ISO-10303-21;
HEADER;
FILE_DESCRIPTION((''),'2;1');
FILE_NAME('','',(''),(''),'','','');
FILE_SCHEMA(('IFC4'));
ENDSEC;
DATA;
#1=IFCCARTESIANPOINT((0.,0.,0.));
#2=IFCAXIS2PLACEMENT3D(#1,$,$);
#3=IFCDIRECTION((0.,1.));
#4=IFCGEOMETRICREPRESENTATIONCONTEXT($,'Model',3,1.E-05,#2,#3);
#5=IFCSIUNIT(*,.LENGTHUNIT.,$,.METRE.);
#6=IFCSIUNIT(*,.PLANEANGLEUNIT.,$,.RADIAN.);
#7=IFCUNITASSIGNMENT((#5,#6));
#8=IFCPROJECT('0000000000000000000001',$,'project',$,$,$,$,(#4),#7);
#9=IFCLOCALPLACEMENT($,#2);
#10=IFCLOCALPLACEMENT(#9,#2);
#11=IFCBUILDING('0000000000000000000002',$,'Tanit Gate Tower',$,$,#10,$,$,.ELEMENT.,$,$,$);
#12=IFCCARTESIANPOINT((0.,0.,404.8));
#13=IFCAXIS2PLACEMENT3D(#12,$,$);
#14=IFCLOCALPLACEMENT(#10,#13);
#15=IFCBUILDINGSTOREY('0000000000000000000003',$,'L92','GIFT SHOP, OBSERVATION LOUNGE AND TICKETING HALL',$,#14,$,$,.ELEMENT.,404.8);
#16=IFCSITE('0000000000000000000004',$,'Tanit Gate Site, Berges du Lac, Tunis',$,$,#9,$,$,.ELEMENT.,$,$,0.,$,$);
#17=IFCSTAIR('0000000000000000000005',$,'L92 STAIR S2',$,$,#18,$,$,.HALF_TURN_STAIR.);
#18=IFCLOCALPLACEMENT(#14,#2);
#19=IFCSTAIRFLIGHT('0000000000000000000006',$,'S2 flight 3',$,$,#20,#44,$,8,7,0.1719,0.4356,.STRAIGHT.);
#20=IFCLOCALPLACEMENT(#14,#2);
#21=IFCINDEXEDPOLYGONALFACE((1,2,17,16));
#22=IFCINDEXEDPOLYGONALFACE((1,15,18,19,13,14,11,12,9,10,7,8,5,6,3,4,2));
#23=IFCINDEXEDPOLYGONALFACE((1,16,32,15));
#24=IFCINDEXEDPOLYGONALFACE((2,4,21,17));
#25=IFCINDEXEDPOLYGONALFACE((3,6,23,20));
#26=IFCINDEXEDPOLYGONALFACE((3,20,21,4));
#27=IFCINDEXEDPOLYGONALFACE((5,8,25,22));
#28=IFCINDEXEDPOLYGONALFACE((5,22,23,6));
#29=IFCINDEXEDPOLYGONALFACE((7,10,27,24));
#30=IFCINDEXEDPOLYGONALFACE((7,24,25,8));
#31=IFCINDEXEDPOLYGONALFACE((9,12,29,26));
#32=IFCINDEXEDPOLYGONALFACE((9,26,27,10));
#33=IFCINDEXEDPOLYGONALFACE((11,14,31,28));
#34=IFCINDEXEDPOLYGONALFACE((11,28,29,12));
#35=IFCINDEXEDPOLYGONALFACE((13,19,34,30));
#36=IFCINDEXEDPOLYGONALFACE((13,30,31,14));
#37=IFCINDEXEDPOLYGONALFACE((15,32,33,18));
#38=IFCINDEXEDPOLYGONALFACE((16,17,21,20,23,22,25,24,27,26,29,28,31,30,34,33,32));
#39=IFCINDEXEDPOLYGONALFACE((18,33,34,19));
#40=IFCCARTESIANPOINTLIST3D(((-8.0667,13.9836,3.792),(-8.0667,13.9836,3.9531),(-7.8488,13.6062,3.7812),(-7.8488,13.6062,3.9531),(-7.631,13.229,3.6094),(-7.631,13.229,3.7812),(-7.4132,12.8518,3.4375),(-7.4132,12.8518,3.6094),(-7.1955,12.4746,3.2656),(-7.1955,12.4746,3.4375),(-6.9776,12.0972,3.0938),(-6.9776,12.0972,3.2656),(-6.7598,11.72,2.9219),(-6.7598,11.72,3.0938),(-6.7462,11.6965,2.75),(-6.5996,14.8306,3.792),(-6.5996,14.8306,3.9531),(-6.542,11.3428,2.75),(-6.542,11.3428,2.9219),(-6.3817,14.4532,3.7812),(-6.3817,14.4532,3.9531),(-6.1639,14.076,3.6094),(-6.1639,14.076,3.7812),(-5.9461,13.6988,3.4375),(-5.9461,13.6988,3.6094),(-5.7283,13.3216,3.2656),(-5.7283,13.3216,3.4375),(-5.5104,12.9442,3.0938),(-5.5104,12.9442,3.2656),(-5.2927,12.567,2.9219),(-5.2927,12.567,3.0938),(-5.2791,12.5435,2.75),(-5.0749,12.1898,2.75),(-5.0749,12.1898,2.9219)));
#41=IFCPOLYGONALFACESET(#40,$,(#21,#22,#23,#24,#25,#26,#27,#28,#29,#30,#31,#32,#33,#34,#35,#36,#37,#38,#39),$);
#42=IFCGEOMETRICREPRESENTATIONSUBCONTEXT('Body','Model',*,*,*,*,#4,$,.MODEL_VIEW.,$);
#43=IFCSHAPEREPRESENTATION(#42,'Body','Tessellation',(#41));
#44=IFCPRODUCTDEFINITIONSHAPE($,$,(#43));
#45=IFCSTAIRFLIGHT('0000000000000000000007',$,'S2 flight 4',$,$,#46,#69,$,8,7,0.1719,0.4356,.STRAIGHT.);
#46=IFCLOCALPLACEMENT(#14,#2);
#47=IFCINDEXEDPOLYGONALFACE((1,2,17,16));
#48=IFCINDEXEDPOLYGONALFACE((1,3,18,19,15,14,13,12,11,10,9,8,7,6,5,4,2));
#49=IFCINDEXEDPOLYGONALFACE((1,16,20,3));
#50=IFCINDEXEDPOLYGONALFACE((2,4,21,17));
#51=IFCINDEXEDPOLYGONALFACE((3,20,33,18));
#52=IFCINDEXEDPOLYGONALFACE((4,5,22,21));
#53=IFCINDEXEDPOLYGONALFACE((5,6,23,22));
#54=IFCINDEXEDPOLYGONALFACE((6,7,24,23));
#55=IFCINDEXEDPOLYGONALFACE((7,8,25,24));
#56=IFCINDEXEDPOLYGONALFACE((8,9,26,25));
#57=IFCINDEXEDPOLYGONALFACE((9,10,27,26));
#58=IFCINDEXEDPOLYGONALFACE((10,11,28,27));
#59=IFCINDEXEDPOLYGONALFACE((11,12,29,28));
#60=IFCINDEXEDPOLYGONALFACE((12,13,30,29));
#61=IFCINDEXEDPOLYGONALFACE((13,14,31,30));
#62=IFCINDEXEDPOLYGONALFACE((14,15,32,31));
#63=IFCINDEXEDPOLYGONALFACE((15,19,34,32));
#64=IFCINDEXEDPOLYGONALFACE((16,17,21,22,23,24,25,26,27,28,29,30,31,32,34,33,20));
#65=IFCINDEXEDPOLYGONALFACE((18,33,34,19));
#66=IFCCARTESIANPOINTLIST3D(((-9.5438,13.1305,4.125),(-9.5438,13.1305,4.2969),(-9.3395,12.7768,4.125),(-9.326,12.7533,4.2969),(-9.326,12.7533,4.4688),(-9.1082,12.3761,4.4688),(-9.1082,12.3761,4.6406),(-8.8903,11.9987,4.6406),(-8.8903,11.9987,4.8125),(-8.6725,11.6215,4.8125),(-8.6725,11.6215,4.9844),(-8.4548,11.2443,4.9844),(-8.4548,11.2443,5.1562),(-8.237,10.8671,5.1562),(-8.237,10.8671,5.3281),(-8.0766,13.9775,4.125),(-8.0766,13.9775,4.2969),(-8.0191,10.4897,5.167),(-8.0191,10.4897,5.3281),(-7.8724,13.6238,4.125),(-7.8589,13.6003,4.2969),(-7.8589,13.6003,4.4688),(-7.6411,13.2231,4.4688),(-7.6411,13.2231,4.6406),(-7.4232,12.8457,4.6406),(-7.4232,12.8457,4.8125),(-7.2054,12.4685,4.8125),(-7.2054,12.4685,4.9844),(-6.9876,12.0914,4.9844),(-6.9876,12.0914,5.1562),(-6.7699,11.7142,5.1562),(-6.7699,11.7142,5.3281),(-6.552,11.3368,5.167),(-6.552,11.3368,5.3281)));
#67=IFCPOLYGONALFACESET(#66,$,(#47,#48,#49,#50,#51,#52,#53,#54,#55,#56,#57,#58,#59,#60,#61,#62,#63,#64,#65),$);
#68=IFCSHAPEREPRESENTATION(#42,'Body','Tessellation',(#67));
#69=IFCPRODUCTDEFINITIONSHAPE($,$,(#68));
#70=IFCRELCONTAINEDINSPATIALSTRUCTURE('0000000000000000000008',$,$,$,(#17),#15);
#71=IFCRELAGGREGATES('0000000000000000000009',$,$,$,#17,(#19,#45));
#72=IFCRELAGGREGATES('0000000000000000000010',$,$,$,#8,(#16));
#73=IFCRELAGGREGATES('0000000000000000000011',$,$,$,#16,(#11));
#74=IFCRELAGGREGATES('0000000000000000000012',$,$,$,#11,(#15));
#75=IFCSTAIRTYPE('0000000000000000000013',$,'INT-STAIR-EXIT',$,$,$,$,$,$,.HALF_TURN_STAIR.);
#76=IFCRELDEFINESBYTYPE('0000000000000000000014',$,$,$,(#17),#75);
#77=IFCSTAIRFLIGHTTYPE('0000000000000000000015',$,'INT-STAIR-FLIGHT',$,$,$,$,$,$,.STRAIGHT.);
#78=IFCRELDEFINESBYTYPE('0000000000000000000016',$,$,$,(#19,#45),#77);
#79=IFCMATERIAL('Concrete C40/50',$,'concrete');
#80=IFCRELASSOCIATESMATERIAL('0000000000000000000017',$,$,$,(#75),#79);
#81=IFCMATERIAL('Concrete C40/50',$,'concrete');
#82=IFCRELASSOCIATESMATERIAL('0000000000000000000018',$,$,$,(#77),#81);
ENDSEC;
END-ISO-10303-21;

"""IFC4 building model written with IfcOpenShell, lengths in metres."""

from ifc_helpers import new_model, si_unit, direction, frame, origin, place, context, subcontext, project, spatial, polyline, outline, extrude, material, type_object, element, aggregate, save


model = new_model("IFC4")

# Units and contexts
model_context = context("Model", 3, precision=1e-05, world=origin(), true_north=direction((0.0, 1.0)))
body_context = subcontext(model_context, "Body", "Model", "MODEL_VIEW")
ifc_project = project(units=[si_unit("LENGTHUNIT", "METRE"), si_unit("PLANEANGLEUNIT", "RADIAN")], contexts=[model_context])

# Site, building, storey
site_placement = place(None, origin())
site = spatial("IfcSite", under=ifc_project, at=site_placement, Name="Tanit Gate Site, Berges du Lac, Tunis", CompositionType="ELEMENT", RefElevation=0.0)
building_placement = place(site_placement, origin())
building = spatial("IfcBuilding", under=site, at=building_placement, Name="Tanit Gate Tower", CompositionType="ELEMENT")
storey_placement = place(building_placement, frame((0.0, 0.0, 404.8)))
storey = spatial("IfcBuildingStorey", under=building, at=storey_placement, Name="L92", Description="GIFT SHOP, OBSERVATION LOUNGE AND TICKETING HALL", CompositionType="ELEMENT", Elevation=404.8)

# Stair, stair flights
ifc_material_1 = material(Name="Concrete C40/50", Category="concrete")
stair_type = type_object("IfcStairType", Name="INT-STAIR-EXIT", PredefinedType="HALF_TURN_STAIR", material=ifc_material_1)
stair_placement = place(storey_placement, origin())
stair = element("IfcStair", 1, at=stair_placement, inside=storey, type_object=stair_type, Name="L92 STAIR S2", PredefinedType="HALF_TURN_STAIR")
ifc_material_2 = material(Name="Concrete C40/50", Category="concrete")
stair_flight_type = type_object("IfcStairFlightType", Name="INT-STAIR-FLIGHT", PredefinedType="STRAIGHT", material=ifc_material_2)
stair_flight_1_placement = place(storey_placement, frame((-5.8083, 11.7664, 2.75), z_axis=(0.0, 0.0, 1.0), x_axis=(-0.5, 0.866025, 0.0)))
stair_flight_1 = element("IfcStairFlight", 2, at=stair_flight_1_placement, type_object=stair_flight_type, Name="S2 flight 3", NumberOfRisers=8, NumberOfTreads=7, PredefinedType="STRAIGHT", RiserHeight=0.1719, TreadLength=0.4356, context=body_context, shape_type="SweptSolid", body=[
    extrude(outline(polyline([(0.0, 0.0), (0.0, 0.1719), (0.4355, 0.1719), (0.4355, 0.3438), (0.8711, 0.3438), (0.8711, 0.5156), (1.3069, 0.5156), (1.3069, 0.6875), (1.7424, 0.6875), (1.7424, 0.8594), (2.178, 0.8594), (2.178, 1.0312), (2.6135, 1.0312), (2.6135, 1.2031), (3.0493, 1.2031), (3.0493, 1.375), (3.0493, 1.042), (0.4084, 0.0), (0.0, 0.0)])), frame((0.0, 0.8472, 0.0), z_axis=(0.0, -1.0, 0.0), x_axis=(1.0, 0.0, 0.0)), (0.0, 0.0, 1.0), 1.6941),
])
stair_flight_2_placement = place(storey_placement, frame((-8.8103, 13.554, 4.125), z_axis=(0.0, 0.0, 1.0), x_axis=(0.5, -0.866025, 0.0)))
stair_flight_2 = element("IfcStairFlight", 3, at=stair_flight_2_placement, type_object=stair_flight_type, Name="S2 flight 4", NumberOfRisers=8, NumberOfTreads=7, PredefinedType="STRAIGHT", RiserHeight=0.1719, TreadLength=0.4356, context=body_context, shape_type="SweptSolid", body=[
    extrude(outline(polyline([(0.0, 0.0), (0.0, 0.1719), (0.4355, 0.1719), (0.4355, 0.3438), (0.8711, 0.3438), (0.8711, 0.5156), (1.3069, 0.5156), (1.3069, 0.6875), (1.7424, 0.6875), (1.7424, 0.8594), (2.178, 0.8594), (2.178, 1.0312), (2.6135, 1.0312), (2.6135, 1.2031), (3.0493, 1.2031), (3.0493, 1.375), (3.0493, 1.042), (0.4084, 0.0), (0.0, 0.0)])), frame((0.0, 0.8472, 0.0), z_axis=(0.0, -1.0, 0.0), x_axis=(1.0, 0.0, 0.0)), (0.0, 0.0, 1.0), 1.6941),
])
aggregate(stair, [stair_flight_1, stair_flight_2])

save(model, "model.ifc")
